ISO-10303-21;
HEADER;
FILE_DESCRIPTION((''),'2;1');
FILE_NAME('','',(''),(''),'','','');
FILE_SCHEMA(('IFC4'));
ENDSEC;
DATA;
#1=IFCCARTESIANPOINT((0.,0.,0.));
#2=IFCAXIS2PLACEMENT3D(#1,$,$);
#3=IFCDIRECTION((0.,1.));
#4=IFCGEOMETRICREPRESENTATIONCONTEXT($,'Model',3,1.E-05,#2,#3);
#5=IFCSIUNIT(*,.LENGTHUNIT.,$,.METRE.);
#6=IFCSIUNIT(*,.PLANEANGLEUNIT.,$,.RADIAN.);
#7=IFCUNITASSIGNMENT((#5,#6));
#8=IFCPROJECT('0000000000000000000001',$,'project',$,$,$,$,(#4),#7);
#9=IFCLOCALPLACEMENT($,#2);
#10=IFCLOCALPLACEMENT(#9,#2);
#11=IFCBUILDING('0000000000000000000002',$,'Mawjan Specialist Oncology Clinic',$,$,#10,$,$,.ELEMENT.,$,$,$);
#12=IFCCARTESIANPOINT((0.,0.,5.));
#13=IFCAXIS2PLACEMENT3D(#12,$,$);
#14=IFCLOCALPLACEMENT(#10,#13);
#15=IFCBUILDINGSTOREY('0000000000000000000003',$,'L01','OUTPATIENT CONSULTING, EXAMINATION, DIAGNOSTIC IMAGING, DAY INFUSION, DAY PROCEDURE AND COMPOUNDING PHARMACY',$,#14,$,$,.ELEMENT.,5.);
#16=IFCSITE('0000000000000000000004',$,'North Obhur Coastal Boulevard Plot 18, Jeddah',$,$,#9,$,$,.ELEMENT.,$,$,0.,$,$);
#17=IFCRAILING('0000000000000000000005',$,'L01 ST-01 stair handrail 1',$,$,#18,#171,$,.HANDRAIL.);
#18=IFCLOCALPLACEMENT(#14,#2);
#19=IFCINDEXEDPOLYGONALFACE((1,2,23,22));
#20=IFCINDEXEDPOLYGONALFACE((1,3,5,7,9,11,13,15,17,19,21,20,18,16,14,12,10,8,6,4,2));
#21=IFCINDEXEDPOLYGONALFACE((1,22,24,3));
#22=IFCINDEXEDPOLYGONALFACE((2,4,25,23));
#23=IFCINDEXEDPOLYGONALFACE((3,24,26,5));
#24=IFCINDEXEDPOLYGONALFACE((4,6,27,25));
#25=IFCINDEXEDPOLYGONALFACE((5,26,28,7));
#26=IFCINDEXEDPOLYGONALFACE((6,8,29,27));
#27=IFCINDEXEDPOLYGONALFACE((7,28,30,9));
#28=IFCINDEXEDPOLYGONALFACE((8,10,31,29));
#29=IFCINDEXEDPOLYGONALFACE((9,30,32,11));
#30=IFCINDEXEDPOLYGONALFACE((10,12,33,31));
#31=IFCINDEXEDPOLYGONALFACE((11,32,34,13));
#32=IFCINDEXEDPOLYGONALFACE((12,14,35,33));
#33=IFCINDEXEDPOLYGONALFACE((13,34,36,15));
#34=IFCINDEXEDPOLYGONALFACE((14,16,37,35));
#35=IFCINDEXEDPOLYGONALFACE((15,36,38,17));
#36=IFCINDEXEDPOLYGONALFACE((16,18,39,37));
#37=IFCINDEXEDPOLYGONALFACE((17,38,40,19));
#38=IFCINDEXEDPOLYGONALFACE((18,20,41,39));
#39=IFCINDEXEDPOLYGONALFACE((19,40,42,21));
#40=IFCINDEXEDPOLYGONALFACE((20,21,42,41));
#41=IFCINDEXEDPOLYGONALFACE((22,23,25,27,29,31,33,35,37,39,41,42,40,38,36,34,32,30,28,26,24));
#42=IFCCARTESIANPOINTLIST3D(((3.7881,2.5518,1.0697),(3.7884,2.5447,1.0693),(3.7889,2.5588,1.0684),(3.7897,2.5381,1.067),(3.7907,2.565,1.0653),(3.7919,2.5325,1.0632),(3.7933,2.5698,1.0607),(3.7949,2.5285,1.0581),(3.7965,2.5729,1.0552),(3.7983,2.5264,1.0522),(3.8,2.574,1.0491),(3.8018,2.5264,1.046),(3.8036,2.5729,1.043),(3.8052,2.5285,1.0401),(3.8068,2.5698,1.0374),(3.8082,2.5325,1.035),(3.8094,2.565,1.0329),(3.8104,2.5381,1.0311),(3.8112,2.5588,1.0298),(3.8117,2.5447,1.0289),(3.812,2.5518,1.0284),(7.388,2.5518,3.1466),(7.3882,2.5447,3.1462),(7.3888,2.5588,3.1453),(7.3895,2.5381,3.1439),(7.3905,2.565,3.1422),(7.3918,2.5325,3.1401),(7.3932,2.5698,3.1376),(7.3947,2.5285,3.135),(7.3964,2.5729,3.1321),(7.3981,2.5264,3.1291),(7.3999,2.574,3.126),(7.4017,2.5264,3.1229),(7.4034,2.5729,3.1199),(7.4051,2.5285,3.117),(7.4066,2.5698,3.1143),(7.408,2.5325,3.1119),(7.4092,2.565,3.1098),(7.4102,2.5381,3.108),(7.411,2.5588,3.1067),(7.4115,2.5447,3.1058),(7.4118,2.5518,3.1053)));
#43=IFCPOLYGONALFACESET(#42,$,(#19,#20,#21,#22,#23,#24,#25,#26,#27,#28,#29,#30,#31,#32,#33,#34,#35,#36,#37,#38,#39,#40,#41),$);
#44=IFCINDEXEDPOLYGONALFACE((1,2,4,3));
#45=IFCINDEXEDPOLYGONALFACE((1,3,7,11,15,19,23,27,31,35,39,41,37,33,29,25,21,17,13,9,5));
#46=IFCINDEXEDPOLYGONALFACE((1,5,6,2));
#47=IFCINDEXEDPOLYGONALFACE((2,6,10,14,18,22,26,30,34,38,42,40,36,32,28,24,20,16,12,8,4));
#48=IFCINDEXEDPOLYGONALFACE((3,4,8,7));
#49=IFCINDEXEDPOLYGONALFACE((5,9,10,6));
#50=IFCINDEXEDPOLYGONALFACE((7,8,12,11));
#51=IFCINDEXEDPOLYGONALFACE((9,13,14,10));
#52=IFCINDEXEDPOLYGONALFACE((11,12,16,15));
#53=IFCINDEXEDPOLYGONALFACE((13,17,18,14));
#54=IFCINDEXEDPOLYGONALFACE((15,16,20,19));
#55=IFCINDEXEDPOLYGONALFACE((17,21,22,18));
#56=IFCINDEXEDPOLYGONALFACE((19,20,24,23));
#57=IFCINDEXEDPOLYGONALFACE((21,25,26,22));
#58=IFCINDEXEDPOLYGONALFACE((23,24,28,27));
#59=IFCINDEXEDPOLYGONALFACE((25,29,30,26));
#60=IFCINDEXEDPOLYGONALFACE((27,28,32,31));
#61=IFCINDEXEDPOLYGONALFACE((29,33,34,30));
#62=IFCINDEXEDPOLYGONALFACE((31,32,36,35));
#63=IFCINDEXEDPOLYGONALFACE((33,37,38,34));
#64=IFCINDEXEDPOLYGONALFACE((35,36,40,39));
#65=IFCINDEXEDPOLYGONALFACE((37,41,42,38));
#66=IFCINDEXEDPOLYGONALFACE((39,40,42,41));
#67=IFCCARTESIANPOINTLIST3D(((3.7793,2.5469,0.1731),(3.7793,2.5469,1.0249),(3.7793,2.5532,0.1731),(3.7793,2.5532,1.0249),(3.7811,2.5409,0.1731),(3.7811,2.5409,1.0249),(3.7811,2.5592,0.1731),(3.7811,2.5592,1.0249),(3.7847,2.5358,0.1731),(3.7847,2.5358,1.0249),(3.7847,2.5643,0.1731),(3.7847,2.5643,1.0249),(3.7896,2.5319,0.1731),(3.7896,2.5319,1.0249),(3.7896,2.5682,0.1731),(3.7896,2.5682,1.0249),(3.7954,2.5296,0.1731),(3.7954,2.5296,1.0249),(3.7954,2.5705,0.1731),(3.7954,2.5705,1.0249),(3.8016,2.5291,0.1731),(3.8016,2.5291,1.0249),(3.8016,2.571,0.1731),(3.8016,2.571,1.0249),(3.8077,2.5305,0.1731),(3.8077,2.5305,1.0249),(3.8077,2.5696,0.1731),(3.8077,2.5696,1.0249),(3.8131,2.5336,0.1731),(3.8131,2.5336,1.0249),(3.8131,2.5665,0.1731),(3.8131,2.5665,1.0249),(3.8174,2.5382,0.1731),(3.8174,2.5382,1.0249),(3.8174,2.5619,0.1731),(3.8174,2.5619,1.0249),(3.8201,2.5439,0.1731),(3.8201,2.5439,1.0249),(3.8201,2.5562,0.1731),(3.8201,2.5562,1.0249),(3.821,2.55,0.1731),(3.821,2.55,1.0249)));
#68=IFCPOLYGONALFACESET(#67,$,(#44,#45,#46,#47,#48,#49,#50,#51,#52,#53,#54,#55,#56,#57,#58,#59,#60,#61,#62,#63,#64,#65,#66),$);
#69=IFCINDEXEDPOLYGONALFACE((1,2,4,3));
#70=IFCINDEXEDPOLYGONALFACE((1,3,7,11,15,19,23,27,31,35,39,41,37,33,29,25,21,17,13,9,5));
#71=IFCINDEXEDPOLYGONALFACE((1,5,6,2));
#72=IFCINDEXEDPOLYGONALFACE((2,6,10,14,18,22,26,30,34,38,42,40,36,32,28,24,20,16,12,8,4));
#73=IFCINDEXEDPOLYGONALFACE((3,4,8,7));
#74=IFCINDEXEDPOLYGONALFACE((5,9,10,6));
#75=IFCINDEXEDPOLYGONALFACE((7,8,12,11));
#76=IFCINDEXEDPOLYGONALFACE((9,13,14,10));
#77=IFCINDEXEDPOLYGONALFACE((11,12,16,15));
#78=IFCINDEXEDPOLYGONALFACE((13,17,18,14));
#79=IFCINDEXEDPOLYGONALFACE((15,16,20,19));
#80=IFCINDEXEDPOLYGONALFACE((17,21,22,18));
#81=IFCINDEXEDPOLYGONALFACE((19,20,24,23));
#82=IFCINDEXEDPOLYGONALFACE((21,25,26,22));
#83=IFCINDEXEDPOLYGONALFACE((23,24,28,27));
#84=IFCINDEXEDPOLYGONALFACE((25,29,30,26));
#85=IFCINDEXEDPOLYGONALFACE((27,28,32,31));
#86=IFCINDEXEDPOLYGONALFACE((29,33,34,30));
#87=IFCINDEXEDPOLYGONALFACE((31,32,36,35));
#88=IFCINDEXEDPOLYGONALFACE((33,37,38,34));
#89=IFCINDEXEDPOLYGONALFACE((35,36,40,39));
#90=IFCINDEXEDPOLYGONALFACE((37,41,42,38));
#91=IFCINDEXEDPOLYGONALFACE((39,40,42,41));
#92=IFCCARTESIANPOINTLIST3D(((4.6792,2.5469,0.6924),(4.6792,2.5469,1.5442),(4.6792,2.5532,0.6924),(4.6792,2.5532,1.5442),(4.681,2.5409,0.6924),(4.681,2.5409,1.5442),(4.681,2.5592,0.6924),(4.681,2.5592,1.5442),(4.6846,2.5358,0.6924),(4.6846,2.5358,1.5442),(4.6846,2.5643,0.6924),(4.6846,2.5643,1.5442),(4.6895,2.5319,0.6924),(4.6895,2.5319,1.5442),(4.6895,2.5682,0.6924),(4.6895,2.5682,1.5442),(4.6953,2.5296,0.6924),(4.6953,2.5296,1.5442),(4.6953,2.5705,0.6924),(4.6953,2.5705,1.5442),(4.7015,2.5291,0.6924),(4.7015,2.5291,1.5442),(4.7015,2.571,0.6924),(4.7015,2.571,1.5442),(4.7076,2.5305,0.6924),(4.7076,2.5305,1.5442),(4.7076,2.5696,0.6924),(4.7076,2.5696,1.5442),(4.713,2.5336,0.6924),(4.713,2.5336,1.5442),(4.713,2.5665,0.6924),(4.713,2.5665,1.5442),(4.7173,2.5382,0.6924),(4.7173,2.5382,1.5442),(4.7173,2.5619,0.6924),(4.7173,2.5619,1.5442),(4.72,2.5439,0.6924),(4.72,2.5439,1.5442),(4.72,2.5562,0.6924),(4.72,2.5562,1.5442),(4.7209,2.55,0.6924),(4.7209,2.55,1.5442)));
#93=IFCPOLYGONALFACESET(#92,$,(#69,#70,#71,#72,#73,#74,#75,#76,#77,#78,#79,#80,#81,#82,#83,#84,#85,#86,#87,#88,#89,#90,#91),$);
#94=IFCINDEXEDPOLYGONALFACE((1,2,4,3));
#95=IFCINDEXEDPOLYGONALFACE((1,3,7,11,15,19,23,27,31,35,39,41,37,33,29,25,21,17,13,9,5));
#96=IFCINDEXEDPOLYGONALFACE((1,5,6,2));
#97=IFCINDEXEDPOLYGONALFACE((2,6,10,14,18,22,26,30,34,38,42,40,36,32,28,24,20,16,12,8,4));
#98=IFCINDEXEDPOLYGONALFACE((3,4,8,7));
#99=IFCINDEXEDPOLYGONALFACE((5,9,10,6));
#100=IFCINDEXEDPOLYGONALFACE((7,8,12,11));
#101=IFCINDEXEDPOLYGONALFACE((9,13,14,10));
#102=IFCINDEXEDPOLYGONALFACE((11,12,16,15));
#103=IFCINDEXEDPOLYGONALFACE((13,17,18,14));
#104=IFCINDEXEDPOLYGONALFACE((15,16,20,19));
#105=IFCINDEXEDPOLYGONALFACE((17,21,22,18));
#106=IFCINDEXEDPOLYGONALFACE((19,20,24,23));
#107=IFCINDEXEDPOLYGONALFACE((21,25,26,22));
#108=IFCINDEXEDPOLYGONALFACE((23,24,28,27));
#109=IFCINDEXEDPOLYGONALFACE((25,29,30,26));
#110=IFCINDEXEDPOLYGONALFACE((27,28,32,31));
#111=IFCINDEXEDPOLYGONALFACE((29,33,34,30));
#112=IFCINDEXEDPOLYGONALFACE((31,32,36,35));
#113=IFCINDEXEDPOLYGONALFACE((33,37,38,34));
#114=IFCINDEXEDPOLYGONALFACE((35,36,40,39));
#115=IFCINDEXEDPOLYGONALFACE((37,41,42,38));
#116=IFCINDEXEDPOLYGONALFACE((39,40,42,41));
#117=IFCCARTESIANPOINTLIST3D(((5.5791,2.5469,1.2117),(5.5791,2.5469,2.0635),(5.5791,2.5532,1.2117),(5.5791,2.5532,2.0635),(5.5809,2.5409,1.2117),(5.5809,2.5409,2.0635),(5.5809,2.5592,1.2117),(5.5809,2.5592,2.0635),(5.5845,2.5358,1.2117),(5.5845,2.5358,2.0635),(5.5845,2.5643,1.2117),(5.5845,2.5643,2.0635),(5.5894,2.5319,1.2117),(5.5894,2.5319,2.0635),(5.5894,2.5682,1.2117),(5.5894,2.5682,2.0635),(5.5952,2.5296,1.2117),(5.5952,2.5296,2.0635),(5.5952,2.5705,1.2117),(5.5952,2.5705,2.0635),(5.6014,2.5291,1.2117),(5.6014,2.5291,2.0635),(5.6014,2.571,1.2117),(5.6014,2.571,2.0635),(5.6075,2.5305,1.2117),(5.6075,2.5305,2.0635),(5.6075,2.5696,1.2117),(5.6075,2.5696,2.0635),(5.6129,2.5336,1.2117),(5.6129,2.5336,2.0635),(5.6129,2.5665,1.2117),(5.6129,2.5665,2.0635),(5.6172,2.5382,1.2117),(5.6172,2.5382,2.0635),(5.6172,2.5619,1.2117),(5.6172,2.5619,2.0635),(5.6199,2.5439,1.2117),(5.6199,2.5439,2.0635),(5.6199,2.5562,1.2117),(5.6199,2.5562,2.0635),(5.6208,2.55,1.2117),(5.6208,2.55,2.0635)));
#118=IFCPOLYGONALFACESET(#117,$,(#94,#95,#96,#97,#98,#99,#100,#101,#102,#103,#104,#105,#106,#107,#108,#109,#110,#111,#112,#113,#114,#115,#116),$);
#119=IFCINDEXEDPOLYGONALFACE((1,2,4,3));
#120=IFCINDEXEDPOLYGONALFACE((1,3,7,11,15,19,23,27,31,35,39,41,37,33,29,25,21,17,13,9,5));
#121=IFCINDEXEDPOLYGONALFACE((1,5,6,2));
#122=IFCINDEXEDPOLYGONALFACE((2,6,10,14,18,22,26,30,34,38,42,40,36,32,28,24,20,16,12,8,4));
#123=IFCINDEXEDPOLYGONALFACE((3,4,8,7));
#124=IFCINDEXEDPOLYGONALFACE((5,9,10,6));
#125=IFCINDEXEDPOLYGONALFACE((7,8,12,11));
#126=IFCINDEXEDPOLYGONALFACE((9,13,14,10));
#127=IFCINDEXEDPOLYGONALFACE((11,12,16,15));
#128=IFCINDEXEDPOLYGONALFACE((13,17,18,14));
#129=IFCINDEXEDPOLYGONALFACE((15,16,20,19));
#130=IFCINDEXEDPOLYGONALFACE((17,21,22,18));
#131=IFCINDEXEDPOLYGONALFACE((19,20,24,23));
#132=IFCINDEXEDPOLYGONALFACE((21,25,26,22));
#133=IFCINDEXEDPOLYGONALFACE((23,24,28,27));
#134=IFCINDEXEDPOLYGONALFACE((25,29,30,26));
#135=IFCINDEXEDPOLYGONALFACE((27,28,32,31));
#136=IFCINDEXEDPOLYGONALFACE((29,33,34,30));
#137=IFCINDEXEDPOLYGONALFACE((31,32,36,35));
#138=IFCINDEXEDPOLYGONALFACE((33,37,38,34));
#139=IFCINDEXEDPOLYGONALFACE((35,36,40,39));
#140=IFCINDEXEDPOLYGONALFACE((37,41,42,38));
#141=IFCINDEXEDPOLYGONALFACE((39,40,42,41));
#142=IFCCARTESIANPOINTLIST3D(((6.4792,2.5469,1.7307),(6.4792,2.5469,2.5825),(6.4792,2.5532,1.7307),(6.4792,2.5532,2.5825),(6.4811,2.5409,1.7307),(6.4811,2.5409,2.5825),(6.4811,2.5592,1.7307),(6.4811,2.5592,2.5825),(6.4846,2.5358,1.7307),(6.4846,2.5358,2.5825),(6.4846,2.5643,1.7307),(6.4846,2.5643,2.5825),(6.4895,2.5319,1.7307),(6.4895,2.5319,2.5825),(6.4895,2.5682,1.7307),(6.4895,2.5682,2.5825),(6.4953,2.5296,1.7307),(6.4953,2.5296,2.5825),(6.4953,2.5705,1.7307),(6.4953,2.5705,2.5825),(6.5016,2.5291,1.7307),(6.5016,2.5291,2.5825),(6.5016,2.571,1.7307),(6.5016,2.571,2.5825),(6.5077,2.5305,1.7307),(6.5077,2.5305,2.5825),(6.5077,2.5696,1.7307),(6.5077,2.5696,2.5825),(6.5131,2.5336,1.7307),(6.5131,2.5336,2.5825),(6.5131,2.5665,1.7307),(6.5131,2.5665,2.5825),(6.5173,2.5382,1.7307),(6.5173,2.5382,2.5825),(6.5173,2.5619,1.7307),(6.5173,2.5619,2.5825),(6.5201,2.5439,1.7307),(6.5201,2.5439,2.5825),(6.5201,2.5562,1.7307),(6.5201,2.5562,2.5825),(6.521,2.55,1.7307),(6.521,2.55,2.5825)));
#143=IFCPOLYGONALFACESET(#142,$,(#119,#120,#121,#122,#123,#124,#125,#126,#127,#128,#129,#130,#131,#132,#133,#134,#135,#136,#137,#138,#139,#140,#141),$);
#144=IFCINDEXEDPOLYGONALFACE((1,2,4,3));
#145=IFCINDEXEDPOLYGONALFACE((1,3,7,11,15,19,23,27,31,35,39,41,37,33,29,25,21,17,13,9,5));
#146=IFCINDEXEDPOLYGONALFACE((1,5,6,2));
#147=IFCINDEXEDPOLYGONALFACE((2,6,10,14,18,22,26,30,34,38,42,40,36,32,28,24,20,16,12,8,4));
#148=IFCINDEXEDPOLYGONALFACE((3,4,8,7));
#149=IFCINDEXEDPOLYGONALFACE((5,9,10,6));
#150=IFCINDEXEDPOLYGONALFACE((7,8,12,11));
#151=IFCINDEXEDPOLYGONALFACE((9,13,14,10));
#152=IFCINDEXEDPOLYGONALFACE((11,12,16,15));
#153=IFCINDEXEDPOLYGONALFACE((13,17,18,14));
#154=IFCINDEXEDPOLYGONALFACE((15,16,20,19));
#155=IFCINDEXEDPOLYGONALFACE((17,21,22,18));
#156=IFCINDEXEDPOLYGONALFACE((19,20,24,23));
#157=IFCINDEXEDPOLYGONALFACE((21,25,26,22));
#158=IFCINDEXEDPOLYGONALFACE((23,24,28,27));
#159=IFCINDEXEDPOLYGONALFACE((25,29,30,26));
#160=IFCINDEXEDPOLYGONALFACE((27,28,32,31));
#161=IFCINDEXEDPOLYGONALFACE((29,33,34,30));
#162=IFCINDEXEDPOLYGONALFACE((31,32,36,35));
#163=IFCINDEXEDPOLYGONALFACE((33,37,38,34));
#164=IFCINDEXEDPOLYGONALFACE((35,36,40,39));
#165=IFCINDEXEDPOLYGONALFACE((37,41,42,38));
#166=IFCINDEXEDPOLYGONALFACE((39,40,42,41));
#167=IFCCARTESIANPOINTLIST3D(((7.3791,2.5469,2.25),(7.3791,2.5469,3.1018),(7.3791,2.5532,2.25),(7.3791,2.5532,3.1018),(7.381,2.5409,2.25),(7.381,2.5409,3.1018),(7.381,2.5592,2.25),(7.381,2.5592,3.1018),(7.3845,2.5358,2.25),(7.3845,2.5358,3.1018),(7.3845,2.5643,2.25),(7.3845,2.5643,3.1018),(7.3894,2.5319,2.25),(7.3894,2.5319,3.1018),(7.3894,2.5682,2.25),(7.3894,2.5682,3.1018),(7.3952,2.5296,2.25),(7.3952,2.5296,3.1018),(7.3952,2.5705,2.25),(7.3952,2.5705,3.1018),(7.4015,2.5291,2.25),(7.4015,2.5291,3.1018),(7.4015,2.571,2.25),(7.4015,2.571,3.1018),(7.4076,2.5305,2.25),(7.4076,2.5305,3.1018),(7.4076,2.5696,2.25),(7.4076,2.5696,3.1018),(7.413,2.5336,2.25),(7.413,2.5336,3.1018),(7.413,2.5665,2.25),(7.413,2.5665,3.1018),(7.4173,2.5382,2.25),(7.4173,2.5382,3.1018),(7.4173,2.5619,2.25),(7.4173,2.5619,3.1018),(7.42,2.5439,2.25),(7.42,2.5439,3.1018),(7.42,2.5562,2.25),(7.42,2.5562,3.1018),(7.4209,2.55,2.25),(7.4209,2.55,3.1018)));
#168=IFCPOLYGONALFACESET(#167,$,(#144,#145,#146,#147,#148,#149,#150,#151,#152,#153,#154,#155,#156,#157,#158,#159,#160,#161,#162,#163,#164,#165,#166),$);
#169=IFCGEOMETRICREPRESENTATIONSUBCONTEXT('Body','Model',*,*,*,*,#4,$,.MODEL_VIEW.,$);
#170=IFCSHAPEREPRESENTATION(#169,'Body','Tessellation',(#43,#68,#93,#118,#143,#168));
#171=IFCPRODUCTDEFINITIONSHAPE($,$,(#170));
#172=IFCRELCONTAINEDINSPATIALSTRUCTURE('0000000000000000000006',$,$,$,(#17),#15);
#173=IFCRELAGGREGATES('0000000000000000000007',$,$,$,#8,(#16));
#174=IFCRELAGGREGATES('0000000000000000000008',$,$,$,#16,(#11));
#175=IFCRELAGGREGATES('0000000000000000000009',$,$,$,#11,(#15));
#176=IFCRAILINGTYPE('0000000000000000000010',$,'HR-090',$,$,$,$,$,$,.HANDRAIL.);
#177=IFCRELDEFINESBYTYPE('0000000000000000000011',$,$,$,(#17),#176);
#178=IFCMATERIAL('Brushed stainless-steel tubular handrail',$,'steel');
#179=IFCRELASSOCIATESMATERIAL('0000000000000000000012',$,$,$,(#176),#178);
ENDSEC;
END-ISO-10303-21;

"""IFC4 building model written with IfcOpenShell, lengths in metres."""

from ifc_helpers import new_model, si_unit, direction, frame, origin, origin_2d, place, context, subcontext, project, spatial, circle, extrude, material, type_object, element, save


model = new_model("IFC4")

# Units and contexts
model_context = context("Model", 3, precision=1e-05, world=origin(), true_north=direction((0.0, 1.0)))
body_context = subcontext(model_context, "Body", "Model", "MODEL_VIEW")
ifc_project = project(units=[si_unit("LENGTHUNIT", "METRE"), si_unit("PLANEANGLEUNIT", "RADIAN")], contexts=[model_context])

# Site, building, storey
site_placement = place(None, origin())
site = spatial("IfcSite", under=ifc_project, at=site_placement, Name="North Obhur Coastal Boulevard Plot 18, Jeddah", CompositionType="ELEMENT", RefElevation=0.0)
building_placement = place(site_placement, origin())
building = spatial("IfcBuilding", under=site, at=building_placement, Name="Mawjan Specialist Oncology Clinic", CompositionType="ELEMENT")
storey_placement = place(building_placement, frame((0.0, 0.0, 5.0)))
storey = spatial("IfcBuildingStorey", under=building, at=storey_placement, Name="L01", Description="OUTPATIENT CONSULTING, EXAMINATION, DIAGNOSTIC IMAGING, DAY INFUSION, DAY PROCEDURE AND COMPOUNDING PHARMACY", CompositionType="ELEMENT", Elevation=5.0)

# Railing
ifc_material_1 = material(Name="Brushed stainless-steel tubular handrail", Category="steel")
railing_type_1 = type_object("IfcRailingType", Name="HR-090", PredefinedType="HANDRAIL", material=ifc_material_1)
railing_1_placement = place(storey_placement, frame((3.8, 2.55, 0.1731)))
element("IfcRailing", 1, at=railing_1_placement, inside=storey, type_object=railing_type_1, Name="L01 ST-01 stair handrail 1", PredefinedType="HANDRAIL", context=body_context, shape_type="SweptSolid", body=[
    extrude(circle(Radius=0.0239, at=origin_2d()), frame((0.0, 0.0, 0.876), z_axis=(0.866179, 0.0, 0.499734), x_axis=(0.0, 1.0, 0.0)), (0.0, 0.0, 1.0), 4.156),
    extrude(circle(Radius=0.021, at=origin_2d()), origin(), (0.0, 0.0, 1.0), 0.8518),
    extrude(circle(Radius=0.021, at=origin_2d()), frame((0.8999, 0.0, 0.5193)), (0.0, 0.0, 1.0), 0.8518),
    extrude(circle(Radius=0.021, at=origin_2d()), frame((1.7998, 0.0, 1.0386)), (0.0, 0.0, 1.0), 0.8518),
    extrude(circle(Radius=0.021, at=origin_2d()), frame((2.7, 0.0, 1.5576)), (0.0, 0.0, 1.0), 0.8518),
    extrude(circle(Radius=0.021, at=origin_2d()), frame((3.5999, 0.0, 2.0769)), (0.0, 0.0, 1.0), 0.8518),
])

save(model, "model.ifc")
